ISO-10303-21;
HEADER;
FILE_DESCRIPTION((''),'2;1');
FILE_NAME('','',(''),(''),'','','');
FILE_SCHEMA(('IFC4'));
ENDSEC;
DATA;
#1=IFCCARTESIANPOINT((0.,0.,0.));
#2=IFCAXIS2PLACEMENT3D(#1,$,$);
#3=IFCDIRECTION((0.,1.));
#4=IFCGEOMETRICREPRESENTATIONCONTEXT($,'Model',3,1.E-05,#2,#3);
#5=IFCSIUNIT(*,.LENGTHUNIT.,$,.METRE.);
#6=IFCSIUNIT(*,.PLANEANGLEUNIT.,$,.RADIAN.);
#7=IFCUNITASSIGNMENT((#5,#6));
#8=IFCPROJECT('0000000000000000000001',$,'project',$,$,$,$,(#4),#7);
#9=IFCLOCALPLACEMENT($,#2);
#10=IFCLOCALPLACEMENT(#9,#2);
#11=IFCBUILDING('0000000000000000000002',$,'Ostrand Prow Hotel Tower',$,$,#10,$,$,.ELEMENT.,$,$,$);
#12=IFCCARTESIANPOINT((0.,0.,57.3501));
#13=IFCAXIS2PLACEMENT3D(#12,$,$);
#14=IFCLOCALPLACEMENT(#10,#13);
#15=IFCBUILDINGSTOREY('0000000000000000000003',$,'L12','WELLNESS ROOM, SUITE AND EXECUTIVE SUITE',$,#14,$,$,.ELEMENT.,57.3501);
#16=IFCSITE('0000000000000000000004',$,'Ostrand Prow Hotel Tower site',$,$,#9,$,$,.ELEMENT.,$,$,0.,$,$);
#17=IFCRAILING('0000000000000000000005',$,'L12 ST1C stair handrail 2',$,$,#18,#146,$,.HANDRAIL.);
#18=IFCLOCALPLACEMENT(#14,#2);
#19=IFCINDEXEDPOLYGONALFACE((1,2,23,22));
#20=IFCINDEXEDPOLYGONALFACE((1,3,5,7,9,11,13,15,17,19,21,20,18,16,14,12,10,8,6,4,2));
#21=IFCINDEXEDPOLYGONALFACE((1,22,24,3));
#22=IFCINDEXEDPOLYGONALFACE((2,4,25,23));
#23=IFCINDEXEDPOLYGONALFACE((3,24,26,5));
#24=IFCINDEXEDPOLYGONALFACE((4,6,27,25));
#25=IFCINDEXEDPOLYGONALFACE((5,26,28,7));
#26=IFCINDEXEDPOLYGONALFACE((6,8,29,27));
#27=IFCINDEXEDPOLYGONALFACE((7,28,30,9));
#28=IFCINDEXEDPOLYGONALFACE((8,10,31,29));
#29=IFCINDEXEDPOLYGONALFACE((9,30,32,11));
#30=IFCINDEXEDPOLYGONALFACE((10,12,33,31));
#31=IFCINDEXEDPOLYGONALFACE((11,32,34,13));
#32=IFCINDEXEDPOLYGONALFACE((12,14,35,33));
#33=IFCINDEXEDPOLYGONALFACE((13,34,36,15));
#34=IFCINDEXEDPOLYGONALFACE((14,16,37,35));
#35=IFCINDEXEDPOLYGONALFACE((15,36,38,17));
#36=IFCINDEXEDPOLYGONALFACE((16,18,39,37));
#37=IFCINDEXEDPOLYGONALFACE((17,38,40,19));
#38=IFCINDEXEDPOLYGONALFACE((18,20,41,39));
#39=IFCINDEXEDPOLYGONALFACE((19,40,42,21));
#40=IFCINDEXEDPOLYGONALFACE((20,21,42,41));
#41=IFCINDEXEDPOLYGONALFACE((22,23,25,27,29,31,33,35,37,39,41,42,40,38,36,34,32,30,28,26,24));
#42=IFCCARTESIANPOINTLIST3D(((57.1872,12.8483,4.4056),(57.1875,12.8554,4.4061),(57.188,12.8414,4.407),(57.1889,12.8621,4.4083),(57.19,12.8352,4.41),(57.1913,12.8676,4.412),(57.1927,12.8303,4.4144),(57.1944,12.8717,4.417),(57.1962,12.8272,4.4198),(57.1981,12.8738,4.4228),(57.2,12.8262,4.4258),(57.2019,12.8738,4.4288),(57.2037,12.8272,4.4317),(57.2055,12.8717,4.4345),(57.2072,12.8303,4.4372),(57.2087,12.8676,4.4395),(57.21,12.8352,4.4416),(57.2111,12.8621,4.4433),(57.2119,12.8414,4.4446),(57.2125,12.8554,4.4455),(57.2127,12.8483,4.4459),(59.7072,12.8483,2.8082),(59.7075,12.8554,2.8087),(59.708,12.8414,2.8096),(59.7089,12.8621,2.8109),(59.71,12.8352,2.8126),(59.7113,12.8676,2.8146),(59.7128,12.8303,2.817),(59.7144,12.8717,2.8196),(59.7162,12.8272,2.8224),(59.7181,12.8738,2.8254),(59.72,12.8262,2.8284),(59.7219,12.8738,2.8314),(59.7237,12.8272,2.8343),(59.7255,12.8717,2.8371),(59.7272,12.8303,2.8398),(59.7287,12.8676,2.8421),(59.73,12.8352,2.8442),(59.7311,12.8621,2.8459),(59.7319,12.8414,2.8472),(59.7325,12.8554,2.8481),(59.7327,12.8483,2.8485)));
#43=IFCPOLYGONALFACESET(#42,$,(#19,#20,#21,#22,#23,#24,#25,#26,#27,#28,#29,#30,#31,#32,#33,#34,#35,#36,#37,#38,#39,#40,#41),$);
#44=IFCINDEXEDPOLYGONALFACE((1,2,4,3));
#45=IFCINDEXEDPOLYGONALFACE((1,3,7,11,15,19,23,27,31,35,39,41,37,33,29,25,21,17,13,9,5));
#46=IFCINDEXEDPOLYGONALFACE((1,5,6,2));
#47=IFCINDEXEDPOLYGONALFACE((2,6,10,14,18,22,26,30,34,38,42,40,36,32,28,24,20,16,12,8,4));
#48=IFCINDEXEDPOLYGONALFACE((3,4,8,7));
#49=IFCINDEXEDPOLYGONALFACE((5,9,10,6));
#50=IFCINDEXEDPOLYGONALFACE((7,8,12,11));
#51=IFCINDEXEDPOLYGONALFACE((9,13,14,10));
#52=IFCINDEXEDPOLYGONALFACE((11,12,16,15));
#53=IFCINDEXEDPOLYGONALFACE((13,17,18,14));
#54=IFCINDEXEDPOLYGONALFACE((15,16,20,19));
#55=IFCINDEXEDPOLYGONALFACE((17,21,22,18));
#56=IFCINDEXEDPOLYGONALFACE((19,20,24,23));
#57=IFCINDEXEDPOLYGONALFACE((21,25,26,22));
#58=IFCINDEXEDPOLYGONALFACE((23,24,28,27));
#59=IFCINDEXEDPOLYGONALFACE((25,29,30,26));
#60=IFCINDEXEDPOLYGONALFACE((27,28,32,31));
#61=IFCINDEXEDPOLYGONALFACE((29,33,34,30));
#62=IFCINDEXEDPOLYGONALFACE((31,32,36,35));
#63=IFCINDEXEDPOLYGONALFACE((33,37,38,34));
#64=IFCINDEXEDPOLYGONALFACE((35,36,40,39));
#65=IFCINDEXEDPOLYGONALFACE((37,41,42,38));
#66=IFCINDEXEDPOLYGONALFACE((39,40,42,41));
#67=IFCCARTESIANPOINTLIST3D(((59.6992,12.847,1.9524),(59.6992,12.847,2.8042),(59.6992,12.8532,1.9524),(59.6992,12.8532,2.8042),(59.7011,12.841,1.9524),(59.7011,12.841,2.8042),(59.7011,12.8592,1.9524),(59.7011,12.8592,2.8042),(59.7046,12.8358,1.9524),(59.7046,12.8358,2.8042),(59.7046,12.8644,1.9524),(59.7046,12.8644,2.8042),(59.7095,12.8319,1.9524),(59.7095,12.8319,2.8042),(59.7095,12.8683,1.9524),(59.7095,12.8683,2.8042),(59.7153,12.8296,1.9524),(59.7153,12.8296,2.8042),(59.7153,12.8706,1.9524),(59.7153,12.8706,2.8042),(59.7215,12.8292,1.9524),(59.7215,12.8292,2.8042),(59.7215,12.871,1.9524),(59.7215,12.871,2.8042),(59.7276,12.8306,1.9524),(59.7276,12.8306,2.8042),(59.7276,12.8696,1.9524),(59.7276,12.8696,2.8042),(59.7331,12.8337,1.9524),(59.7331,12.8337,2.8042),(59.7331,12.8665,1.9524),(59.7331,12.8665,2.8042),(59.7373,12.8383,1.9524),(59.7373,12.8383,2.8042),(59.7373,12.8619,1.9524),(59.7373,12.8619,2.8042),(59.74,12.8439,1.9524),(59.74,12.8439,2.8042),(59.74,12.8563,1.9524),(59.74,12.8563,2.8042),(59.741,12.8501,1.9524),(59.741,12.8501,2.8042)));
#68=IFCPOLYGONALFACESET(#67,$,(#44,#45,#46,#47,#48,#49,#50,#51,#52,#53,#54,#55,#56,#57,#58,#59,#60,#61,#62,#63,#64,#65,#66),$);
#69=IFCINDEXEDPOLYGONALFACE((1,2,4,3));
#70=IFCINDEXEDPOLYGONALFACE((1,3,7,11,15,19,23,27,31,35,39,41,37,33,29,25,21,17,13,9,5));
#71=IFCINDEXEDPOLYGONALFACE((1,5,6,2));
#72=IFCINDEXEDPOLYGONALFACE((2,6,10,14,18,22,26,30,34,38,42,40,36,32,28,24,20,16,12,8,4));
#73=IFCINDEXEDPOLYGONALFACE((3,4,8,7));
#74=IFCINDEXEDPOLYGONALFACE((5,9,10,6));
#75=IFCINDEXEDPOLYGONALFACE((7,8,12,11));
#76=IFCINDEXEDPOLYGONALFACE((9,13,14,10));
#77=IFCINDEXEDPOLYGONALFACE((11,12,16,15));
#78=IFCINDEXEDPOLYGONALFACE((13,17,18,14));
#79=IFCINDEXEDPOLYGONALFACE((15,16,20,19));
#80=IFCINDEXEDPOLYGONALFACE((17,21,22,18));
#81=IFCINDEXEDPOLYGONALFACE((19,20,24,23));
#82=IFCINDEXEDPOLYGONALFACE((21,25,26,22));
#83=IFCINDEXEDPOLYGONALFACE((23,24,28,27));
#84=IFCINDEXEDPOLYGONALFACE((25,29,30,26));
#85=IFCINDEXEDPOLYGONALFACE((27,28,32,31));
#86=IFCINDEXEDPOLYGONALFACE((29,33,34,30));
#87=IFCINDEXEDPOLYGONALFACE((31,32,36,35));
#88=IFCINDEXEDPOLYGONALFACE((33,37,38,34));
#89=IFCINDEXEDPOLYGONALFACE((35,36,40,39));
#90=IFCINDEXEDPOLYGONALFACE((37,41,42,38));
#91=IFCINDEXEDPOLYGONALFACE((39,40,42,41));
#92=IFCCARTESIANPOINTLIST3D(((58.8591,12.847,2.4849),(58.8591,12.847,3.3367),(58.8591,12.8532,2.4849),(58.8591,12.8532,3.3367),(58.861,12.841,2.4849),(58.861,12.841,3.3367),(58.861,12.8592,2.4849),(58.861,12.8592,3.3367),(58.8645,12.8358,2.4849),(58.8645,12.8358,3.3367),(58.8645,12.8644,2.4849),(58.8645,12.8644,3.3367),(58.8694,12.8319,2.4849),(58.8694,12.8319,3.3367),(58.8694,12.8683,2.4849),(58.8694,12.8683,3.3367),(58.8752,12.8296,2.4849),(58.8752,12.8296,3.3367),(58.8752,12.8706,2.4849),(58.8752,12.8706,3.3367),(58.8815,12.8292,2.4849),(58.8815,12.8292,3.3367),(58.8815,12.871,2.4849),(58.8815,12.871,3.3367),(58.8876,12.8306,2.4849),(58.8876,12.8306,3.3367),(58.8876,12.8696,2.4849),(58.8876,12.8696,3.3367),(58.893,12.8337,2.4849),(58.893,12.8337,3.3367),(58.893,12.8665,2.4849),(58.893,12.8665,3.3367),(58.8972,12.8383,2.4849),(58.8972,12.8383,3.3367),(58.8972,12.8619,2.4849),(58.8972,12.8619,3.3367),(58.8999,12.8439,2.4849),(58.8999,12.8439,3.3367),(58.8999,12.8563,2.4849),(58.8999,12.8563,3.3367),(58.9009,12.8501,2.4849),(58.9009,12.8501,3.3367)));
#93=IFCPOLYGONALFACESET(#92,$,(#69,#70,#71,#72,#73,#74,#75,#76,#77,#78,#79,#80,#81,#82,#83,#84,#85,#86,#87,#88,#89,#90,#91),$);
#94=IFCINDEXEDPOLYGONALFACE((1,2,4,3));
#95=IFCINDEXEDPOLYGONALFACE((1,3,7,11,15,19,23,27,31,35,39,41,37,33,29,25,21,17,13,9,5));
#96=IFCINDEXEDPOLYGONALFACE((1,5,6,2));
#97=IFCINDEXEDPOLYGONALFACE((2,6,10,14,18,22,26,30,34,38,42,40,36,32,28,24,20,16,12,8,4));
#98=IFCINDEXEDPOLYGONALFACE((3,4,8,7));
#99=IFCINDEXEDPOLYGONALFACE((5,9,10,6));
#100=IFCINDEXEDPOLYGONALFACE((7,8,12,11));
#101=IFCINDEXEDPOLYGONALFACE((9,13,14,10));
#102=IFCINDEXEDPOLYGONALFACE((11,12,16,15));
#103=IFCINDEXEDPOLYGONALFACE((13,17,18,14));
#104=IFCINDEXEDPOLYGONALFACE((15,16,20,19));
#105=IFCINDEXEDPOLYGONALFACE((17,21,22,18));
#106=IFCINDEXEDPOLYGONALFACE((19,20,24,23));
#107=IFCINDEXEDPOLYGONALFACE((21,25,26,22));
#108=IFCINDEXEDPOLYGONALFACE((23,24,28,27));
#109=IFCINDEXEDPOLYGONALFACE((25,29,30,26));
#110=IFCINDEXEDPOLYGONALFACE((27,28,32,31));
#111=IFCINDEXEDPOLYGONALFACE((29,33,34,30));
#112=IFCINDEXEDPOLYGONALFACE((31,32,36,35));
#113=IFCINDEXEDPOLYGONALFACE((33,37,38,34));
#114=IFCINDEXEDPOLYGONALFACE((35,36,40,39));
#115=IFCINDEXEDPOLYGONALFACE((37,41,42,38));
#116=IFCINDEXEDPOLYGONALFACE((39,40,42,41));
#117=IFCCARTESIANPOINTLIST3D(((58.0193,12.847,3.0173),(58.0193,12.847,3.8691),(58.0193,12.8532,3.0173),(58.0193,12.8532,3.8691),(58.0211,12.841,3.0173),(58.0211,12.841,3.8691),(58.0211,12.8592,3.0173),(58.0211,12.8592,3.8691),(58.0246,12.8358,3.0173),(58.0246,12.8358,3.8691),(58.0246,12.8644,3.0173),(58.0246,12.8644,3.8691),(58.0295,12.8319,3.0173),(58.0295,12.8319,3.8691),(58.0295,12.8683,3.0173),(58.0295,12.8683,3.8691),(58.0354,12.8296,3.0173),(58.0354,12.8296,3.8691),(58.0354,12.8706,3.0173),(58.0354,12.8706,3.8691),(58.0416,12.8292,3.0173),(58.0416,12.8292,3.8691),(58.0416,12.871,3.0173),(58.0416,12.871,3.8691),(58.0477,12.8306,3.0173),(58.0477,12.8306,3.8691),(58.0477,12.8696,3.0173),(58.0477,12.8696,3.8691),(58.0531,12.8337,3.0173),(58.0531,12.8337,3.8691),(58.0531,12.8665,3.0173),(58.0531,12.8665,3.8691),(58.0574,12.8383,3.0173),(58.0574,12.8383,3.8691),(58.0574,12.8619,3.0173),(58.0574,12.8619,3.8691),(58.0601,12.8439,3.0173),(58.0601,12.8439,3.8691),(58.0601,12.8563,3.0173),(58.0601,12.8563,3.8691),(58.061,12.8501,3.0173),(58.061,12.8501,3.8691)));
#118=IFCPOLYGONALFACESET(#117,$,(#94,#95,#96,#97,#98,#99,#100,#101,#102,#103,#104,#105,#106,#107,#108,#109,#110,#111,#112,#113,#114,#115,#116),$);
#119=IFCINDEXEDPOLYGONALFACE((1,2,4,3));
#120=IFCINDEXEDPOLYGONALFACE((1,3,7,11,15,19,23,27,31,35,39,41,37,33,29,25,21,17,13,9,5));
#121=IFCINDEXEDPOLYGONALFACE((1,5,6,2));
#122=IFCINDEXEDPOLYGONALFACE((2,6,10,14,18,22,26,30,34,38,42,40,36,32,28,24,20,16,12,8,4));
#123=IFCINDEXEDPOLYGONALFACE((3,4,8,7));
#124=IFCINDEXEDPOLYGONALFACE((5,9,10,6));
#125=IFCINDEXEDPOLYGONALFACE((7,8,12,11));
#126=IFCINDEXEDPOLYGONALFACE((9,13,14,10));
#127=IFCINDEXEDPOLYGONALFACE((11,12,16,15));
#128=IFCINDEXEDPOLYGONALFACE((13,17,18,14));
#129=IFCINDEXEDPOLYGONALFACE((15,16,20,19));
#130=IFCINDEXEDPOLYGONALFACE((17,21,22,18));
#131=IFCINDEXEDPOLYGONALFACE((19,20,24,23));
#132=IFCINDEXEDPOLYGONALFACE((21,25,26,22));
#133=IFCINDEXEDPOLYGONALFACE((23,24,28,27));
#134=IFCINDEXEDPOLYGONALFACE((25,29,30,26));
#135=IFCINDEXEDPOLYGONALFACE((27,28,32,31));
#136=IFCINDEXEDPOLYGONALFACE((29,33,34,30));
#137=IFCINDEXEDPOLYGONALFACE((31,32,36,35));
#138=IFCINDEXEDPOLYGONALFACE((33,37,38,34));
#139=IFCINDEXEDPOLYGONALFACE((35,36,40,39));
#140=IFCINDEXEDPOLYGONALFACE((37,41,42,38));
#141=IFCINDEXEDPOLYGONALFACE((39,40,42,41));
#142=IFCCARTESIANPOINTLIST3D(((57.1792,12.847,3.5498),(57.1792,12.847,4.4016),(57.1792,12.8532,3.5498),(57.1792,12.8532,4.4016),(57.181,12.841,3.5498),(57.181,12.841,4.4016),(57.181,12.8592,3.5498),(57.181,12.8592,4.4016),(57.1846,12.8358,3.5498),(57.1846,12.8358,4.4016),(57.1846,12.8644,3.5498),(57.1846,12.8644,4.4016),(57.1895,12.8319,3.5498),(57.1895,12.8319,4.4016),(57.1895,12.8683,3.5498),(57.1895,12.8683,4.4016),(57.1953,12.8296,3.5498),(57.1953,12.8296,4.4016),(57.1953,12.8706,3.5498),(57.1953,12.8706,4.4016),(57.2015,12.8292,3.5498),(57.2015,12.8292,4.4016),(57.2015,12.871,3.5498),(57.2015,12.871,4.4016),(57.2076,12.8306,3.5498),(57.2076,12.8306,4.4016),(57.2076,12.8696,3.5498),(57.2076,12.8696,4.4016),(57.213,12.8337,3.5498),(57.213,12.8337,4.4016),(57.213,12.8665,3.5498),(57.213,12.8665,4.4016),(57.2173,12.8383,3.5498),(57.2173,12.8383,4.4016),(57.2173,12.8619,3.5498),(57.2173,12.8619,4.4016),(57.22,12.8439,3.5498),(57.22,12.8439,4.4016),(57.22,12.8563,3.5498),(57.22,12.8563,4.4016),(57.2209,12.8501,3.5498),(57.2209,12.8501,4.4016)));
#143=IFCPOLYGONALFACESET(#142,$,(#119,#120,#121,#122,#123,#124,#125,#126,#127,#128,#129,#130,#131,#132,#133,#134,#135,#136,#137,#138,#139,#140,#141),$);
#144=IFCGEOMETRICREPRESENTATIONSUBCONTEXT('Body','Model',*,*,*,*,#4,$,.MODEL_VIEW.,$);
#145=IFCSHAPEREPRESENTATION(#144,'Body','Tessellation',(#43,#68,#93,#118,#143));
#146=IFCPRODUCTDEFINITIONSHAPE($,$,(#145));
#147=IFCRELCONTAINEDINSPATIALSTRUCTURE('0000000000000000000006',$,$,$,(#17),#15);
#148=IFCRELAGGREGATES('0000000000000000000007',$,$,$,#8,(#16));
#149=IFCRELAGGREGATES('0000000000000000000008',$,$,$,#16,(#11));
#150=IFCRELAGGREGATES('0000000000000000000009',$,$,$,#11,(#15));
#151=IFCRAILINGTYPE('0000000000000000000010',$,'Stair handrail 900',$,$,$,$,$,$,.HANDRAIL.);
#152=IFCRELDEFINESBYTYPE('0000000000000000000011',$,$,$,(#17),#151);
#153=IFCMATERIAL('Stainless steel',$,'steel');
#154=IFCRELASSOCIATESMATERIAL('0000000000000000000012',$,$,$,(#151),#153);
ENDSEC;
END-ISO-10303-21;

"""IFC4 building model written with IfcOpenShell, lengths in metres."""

from ifc_helpers import new_model, si_unit, direction, frame, origin, origin_2d, place, context, subcontext, project, spatial, circle, extrude, material, type_object, element, save


model = new_model("IFC4")

# Units and contexts
model_context = context("Model", 3, precision=1e-05, world=origin(), true_north=direction((0.0, 1.0)))
body_context = subcontext(model_context, "Body", "Model", "MODEL_VIEW")
ifc_project = project(units=[si_unit("LENGTHUNIT", "METRE"), si_unit("PLANEANGLEUNIT", "RADIAN")], contexts=[model_context])

# Site, building, storey
site_placement = place(None, origin())
site = spatial("IfcSite", under=ifc_project, at=site_placement, Name="Ostrand Prow Hotel Tower site", CompositionType="ELEMENT", RefElevation=0.0)
building_placement = place(site_placement, origin())
building = spatial("IfcBuilding", under=site, at=building_placement, Name="Ostrand Prow Hotel Tower", CompositionType="ELEMENT")
storey_placement = place(building_placement, frame((0.0, 0.0, 57.3501)))
storey = spatial("IfcBuildingStorey", under=building, at=storey_placement, Name="L12", Description="WELLNESS ROOM, SUITE AND EXECUTIVE SUITE", CompositionType="ELEMENT", Elevation=57.3501)

# Railing
ifc_material_1 = material(Name="Stainless steel", Category="steel")
railing_type_1 = type_object("IfcRailingType", Name="Stair handrail 900", PredefinedType="HANDRAIL", material=ifc_material_1)
railing_1_placement = place(storey_placement, frame((59.72, 12.8501, 1.9524)))
element("IfcRailing", 1, at=railing_1_placement, inside=storey, type_object=railing_type_1, Name="L12 ST1C stair handrail 2", PredefinedType="HANDRAIL", context=body_context, shape_type="SweptSolid", body=[
    extrude(circle(Radius=0.0239, at=origin_2d()), frame((0.0, 0.0, 0.876), z_axis=(-0.844607, 0.0, 0.535387), x_axis=(0.0, -1.0, 0.0)), (0.0, 0.0, 1.0), 2.9836),
    extrude(circle(Radius=0.021, at=origin_2d()), origin(), (0.0, 0.0, 1.0), 0.8518),
    extrude(circle(Radius=0.021, at=origin_2d()), frame((-0.8401, 0.0, 0.5325)), (0.0, 0.0, 1.0), 0.8518),
    extrude(circle(Radius=0.021, at=origin_2d()), frame((-1.6799, 0.0, 1.0649)), (0.0, 0.0, 1.0), 0.8518),
    extrude(circle(Radius=0.021, at=origin_2d()), frame((-2.52, 0.0, 1.5974)), (0.0, 0.0, 1.0), 0.8518),
])

save(model, "model.ifc")
